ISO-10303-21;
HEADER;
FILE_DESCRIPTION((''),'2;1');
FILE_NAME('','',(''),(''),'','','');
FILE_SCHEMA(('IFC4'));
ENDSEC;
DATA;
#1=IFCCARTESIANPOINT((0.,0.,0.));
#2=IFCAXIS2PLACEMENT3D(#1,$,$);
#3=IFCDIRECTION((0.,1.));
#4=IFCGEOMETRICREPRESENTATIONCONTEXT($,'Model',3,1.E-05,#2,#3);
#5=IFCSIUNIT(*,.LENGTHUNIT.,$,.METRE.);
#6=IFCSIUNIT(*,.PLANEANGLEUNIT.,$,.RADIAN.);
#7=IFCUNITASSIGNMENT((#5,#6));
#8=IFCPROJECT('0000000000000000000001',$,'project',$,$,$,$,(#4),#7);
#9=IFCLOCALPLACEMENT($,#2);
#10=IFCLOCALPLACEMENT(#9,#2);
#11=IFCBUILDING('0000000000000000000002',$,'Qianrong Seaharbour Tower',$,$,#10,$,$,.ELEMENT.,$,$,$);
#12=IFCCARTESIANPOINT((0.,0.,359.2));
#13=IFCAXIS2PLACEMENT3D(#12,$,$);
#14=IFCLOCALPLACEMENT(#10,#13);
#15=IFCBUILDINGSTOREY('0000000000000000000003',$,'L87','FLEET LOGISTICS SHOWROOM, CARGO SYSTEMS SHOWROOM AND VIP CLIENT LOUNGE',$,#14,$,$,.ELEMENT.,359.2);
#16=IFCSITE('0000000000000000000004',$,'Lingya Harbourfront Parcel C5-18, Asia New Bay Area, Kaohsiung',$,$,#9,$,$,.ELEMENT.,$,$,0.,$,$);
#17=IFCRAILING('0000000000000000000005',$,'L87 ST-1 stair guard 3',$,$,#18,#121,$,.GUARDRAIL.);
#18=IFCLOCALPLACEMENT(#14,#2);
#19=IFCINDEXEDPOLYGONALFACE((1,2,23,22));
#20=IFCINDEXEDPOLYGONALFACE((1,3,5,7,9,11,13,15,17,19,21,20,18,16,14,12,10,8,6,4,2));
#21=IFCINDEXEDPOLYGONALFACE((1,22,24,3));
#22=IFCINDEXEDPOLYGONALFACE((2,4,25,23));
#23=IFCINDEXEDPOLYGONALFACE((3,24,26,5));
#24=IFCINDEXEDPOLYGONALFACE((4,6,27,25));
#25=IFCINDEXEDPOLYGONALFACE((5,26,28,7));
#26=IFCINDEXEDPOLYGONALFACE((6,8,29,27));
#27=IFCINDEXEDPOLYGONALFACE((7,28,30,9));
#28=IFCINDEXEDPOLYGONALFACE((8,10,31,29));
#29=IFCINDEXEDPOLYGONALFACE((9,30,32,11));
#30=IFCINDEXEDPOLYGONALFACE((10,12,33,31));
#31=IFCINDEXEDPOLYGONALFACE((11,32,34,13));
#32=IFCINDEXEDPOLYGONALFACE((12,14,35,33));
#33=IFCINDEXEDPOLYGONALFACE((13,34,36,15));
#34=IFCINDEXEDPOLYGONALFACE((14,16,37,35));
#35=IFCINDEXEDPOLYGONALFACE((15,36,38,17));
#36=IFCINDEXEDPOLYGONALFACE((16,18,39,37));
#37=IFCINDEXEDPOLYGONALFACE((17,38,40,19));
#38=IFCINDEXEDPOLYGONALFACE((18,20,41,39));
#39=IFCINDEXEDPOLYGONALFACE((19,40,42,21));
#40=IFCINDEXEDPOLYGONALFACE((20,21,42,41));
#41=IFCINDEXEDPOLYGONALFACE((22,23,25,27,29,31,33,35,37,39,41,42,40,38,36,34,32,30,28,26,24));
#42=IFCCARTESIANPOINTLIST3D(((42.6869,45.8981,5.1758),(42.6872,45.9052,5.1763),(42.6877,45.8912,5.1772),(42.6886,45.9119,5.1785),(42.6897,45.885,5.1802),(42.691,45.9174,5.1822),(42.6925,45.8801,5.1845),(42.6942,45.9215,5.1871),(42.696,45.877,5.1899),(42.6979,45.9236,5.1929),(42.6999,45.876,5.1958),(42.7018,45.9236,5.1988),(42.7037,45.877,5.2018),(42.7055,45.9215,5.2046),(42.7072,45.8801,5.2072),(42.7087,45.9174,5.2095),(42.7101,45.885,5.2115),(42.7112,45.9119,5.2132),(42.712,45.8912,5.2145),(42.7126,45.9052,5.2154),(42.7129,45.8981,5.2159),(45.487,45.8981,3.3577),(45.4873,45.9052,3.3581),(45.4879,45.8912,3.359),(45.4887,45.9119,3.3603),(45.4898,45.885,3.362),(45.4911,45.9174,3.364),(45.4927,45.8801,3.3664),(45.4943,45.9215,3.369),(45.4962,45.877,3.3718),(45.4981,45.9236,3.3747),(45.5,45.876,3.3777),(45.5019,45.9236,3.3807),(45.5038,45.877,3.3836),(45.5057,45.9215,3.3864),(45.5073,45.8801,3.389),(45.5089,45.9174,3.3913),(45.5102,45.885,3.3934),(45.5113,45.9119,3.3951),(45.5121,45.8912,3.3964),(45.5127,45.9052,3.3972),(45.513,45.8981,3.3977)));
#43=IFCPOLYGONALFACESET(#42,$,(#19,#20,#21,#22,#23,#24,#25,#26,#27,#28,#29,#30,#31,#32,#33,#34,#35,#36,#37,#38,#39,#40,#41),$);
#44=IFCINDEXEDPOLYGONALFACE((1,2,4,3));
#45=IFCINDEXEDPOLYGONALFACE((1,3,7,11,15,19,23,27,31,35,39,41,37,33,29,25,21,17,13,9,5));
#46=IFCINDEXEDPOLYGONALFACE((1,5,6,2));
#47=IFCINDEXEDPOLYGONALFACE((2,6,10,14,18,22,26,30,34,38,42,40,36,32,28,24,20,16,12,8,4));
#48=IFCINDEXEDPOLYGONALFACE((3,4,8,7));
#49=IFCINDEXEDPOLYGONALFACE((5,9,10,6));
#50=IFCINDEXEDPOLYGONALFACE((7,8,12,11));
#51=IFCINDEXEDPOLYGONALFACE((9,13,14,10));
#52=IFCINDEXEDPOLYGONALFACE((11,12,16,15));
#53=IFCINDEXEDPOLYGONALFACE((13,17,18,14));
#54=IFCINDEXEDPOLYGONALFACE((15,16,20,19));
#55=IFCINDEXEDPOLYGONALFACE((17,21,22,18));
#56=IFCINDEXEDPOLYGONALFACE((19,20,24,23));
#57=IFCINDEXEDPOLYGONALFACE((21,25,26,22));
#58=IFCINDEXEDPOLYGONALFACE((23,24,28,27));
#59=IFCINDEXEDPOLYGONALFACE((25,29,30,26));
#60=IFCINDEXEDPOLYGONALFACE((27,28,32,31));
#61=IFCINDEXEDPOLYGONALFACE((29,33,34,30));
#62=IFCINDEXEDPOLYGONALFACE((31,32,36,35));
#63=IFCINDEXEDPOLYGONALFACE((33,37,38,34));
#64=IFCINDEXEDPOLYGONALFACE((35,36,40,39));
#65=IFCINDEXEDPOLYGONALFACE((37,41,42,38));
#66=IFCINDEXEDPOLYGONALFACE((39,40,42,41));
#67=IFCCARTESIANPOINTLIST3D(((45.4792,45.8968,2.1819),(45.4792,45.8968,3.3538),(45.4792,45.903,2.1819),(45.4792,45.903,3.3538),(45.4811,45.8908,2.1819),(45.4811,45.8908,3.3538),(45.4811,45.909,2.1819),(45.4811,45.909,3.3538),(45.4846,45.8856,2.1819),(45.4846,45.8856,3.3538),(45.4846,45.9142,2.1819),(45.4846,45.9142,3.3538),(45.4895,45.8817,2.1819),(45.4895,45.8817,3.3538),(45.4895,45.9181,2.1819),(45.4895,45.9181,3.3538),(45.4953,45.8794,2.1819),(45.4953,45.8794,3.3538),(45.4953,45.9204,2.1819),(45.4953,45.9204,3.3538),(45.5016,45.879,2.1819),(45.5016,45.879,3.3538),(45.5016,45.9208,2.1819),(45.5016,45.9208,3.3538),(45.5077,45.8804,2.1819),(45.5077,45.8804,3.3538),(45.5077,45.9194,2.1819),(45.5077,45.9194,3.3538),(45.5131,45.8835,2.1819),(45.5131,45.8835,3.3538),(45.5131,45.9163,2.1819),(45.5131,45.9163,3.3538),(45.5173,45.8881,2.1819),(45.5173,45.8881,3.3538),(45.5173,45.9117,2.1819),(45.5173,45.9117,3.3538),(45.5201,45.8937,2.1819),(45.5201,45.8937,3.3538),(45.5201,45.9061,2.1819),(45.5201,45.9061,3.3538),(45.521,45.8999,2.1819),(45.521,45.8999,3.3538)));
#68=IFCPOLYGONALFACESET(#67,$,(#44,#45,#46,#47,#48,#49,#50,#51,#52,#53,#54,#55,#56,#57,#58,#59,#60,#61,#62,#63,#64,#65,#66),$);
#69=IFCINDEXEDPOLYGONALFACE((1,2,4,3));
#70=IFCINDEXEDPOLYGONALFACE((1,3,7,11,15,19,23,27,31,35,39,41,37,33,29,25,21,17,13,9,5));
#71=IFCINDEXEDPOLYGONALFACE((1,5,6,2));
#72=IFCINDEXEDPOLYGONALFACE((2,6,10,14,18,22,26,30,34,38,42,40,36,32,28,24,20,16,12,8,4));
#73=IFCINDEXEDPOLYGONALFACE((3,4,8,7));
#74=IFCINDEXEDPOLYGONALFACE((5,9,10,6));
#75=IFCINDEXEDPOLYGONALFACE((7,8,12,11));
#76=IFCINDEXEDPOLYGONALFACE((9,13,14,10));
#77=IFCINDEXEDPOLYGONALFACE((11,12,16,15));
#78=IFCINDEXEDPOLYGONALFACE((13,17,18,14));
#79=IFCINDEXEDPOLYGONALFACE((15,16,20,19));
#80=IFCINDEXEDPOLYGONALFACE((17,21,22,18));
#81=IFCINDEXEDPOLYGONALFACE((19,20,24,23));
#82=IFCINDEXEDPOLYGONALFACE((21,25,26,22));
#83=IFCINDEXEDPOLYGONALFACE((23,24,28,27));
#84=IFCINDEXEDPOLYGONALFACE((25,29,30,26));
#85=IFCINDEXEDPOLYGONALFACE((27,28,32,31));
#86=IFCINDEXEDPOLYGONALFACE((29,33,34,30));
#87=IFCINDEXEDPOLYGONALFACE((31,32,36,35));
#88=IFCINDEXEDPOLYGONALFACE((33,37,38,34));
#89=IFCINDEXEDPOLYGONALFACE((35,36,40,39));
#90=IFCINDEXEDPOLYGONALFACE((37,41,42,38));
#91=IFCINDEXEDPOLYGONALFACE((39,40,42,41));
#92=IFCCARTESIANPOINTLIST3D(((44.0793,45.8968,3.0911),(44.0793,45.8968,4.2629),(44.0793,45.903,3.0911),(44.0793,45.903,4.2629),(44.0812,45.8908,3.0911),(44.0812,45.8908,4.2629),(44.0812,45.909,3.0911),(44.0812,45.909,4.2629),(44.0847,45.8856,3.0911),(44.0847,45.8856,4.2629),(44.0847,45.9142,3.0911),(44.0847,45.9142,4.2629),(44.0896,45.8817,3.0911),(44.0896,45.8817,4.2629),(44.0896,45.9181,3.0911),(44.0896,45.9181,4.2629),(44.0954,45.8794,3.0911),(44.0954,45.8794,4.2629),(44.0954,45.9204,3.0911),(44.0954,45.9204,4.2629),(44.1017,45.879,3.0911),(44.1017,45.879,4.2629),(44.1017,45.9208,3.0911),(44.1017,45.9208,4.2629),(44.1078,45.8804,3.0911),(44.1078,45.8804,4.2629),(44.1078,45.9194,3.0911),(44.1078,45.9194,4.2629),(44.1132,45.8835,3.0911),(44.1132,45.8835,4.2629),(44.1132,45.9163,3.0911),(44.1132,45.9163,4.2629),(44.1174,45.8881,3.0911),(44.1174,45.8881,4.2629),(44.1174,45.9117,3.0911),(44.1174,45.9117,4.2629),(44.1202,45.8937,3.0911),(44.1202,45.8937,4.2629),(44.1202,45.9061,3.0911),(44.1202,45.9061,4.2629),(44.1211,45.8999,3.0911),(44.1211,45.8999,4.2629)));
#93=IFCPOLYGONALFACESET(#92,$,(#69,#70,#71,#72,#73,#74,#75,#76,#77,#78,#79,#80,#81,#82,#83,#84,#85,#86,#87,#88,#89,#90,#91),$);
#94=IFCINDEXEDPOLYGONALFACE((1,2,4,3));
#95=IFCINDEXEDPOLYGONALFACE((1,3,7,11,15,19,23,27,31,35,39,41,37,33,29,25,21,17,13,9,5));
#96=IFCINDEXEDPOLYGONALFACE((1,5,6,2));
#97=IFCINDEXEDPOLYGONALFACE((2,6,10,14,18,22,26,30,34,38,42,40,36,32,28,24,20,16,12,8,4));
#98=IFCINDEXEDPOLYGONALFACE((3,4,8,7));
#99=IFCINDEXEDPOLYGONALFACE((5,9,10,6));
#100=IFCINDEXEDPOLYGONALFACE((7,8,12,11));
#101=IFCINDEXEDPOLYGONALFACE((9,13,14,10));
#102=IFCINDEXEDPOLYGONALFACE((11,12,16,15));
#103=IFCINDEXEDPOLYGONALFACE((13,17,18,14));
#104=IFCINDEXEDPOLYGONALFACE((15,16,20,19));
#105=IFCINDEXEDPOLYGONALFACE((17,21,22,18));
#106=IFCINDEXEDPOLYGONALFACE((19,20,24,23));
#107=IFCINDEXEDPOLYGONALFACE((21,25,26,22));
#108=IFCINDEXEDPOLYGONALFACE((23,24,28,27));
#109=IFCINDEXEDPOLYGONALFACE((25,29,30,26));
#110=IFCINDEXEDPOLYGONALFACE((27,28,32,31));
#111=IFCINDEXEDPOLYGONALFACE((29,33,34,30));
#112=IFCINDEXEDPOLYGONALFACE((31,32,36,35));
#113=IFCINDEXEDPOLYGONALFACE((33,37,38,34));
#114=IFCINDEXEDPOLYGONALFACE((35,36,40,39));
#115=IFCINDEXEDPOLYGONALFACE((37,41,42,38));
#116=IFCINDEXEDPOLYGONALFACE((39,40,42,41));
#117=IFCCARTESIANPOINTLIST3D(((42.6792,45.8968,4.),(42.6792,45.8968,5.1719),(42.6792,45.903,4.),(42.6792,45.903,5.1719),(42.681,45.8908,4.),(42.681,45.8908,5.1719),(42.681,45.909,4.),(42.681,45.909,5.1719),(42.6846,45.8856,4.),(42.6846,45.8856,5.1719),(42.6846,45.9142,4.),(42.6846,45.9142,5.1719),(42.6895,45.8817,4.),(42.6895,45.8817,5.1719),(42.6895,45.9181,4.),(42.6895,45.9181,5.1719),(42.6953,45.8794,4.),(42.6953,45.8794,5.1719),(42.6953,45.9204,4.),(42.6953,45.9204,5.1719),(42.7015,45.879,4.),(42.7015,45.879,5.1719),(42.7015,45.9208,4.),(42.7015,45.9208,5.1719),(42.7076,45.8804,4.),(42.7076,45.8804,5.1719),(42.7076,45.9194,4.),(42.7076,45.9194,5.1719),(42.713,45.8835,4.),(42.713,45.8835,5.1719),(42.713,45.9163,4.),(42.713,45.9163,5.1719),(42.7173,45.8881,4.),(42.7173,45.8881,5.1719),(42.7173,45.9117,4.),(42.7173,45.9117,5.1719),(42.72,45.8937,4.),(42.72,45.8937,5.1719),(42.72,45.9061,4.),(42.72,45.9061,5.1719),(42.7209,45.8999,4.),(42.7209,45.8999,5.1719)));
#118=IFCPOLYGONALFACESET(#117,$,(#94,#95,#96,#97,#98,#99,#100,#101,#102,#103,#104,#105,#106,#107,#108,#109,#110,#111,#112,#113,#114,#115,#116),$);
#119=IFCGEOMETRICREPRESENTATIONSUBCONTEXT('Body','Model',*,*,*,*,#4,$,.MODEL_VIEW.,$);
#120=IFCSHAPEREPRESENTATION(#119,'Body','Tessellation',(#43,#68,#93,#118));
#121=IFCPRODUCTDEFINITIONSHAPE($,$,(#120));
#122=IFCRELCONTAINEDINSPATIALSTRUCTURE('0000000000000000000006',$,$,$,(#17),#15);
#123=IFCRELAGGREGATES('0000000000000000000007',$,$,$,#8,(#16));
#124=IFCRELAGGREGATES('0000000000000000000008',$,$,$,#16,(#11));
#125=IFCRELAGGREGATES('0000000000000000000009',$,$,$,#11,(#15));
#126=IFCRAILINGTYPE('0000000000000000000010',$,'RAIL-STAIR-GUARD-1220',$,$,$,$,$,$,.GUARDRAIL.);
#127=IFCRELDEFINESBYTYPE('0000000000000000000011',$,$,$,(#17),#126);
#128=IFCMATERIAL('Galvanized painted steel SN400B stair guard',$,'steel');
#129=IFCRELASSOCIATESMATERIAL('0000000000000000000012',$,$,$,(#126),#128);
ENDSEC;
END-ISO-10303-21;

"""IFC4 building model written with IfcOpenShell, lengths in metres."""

from ifc_helpers import new_model, si_unit, direction, frame, origin, origin_2d, place, context, subcontext, project, spatial, circle, extrude, material, type_object, element, save


model = new_model("IFC4")

# Units and contexts
model_context = context("Model", 3, precision=1e-05, world=origin(), true_north=direction((0.0, 1.0)))
body_context = subcontext(model_context, "Body", "Model", "MODEL_VIEW")
ifc_project = project(units=[si_unit("LENGTHUNIT", "METRE"), si_unit("PLANEANGLEUNIT", "RADIAN")], contexts=[model_context])

# Site, building, storey
site_placement = place(None, origin())
site = spatial("IfcSite", under=ifc_project, at=site_placement, Name="Lingya Harbourfront Parcel C5-18, Asia New Bay Area, Kaohsiung", CompositionType="ELEMENT", RefElevation=0.0)
building_placement = place(site_placement, origin())
building = spatial("IfcBuilding", under=site, at=building_placement, Name="Qianrong Seaharbour Tower", CompositionType="ELEMENT")
storey_placement = place(building_placement, frame((0.0, 0.0, 359.2)))
storey = spatial("IfcBuildingStorey", under=building, at=storey_placement, Name="L87", Description="FLEET LOGISTICS SHOWROOM, CARGO SYSTEMS SHOWROOM AND VIP CLIENT LOUNGE", CompositionType="ELEMENT", Elevation=359.2)

# Railing
ifc_material_1 = material(Name="Galvanized painted steel SN400B stair guard", Category="steel")
railing_type_1 = type_object("IfcRailingType", Name="RAIL-STAIR-GUARD-1220", PredefinedType="GUARDRAIL", material=ifc_material_1)
railing_1_placement = place(storey_placement, frame((45.5, 45.8999, 2.1819)))
element("IfcRailing", 1, at=railing_1_placement, inside=storey, type_object=railing_type_1, Name="L87 ST-1 stair guard 3", PredefinedType="GUARDRAIL", context=body_context, shape_type="SweptSolid", body=[
    extrude(circle(Radius=0.0239, at=origin_2d()), frame((0.0, 0.0, 1.1958), z_axis=(-0.838706, 0.0, 0.544585), x_axis=(0.0, -1.0, 0.0)), (0.0, 0.0, 1.0), 3.3386),
    extrude(circle(Radius=0.021, at=origin_2d()), origin(), (0.0, 0.0, 1.0), 1.1719),
    extrude(circle(Radius=0.021, at=origin_2d()), frame((-1.3999, 0.0, 0.9092)), (0.0, 0.0, 1.0), 1.1719),
    extrude(circle(Radius=0.021, at=origin_2d()), frame((-2.8, 0.0, 1.8181)), (0.0, 0.0, 1.0), 1.1719),
])

save(model, "model.ifc")
